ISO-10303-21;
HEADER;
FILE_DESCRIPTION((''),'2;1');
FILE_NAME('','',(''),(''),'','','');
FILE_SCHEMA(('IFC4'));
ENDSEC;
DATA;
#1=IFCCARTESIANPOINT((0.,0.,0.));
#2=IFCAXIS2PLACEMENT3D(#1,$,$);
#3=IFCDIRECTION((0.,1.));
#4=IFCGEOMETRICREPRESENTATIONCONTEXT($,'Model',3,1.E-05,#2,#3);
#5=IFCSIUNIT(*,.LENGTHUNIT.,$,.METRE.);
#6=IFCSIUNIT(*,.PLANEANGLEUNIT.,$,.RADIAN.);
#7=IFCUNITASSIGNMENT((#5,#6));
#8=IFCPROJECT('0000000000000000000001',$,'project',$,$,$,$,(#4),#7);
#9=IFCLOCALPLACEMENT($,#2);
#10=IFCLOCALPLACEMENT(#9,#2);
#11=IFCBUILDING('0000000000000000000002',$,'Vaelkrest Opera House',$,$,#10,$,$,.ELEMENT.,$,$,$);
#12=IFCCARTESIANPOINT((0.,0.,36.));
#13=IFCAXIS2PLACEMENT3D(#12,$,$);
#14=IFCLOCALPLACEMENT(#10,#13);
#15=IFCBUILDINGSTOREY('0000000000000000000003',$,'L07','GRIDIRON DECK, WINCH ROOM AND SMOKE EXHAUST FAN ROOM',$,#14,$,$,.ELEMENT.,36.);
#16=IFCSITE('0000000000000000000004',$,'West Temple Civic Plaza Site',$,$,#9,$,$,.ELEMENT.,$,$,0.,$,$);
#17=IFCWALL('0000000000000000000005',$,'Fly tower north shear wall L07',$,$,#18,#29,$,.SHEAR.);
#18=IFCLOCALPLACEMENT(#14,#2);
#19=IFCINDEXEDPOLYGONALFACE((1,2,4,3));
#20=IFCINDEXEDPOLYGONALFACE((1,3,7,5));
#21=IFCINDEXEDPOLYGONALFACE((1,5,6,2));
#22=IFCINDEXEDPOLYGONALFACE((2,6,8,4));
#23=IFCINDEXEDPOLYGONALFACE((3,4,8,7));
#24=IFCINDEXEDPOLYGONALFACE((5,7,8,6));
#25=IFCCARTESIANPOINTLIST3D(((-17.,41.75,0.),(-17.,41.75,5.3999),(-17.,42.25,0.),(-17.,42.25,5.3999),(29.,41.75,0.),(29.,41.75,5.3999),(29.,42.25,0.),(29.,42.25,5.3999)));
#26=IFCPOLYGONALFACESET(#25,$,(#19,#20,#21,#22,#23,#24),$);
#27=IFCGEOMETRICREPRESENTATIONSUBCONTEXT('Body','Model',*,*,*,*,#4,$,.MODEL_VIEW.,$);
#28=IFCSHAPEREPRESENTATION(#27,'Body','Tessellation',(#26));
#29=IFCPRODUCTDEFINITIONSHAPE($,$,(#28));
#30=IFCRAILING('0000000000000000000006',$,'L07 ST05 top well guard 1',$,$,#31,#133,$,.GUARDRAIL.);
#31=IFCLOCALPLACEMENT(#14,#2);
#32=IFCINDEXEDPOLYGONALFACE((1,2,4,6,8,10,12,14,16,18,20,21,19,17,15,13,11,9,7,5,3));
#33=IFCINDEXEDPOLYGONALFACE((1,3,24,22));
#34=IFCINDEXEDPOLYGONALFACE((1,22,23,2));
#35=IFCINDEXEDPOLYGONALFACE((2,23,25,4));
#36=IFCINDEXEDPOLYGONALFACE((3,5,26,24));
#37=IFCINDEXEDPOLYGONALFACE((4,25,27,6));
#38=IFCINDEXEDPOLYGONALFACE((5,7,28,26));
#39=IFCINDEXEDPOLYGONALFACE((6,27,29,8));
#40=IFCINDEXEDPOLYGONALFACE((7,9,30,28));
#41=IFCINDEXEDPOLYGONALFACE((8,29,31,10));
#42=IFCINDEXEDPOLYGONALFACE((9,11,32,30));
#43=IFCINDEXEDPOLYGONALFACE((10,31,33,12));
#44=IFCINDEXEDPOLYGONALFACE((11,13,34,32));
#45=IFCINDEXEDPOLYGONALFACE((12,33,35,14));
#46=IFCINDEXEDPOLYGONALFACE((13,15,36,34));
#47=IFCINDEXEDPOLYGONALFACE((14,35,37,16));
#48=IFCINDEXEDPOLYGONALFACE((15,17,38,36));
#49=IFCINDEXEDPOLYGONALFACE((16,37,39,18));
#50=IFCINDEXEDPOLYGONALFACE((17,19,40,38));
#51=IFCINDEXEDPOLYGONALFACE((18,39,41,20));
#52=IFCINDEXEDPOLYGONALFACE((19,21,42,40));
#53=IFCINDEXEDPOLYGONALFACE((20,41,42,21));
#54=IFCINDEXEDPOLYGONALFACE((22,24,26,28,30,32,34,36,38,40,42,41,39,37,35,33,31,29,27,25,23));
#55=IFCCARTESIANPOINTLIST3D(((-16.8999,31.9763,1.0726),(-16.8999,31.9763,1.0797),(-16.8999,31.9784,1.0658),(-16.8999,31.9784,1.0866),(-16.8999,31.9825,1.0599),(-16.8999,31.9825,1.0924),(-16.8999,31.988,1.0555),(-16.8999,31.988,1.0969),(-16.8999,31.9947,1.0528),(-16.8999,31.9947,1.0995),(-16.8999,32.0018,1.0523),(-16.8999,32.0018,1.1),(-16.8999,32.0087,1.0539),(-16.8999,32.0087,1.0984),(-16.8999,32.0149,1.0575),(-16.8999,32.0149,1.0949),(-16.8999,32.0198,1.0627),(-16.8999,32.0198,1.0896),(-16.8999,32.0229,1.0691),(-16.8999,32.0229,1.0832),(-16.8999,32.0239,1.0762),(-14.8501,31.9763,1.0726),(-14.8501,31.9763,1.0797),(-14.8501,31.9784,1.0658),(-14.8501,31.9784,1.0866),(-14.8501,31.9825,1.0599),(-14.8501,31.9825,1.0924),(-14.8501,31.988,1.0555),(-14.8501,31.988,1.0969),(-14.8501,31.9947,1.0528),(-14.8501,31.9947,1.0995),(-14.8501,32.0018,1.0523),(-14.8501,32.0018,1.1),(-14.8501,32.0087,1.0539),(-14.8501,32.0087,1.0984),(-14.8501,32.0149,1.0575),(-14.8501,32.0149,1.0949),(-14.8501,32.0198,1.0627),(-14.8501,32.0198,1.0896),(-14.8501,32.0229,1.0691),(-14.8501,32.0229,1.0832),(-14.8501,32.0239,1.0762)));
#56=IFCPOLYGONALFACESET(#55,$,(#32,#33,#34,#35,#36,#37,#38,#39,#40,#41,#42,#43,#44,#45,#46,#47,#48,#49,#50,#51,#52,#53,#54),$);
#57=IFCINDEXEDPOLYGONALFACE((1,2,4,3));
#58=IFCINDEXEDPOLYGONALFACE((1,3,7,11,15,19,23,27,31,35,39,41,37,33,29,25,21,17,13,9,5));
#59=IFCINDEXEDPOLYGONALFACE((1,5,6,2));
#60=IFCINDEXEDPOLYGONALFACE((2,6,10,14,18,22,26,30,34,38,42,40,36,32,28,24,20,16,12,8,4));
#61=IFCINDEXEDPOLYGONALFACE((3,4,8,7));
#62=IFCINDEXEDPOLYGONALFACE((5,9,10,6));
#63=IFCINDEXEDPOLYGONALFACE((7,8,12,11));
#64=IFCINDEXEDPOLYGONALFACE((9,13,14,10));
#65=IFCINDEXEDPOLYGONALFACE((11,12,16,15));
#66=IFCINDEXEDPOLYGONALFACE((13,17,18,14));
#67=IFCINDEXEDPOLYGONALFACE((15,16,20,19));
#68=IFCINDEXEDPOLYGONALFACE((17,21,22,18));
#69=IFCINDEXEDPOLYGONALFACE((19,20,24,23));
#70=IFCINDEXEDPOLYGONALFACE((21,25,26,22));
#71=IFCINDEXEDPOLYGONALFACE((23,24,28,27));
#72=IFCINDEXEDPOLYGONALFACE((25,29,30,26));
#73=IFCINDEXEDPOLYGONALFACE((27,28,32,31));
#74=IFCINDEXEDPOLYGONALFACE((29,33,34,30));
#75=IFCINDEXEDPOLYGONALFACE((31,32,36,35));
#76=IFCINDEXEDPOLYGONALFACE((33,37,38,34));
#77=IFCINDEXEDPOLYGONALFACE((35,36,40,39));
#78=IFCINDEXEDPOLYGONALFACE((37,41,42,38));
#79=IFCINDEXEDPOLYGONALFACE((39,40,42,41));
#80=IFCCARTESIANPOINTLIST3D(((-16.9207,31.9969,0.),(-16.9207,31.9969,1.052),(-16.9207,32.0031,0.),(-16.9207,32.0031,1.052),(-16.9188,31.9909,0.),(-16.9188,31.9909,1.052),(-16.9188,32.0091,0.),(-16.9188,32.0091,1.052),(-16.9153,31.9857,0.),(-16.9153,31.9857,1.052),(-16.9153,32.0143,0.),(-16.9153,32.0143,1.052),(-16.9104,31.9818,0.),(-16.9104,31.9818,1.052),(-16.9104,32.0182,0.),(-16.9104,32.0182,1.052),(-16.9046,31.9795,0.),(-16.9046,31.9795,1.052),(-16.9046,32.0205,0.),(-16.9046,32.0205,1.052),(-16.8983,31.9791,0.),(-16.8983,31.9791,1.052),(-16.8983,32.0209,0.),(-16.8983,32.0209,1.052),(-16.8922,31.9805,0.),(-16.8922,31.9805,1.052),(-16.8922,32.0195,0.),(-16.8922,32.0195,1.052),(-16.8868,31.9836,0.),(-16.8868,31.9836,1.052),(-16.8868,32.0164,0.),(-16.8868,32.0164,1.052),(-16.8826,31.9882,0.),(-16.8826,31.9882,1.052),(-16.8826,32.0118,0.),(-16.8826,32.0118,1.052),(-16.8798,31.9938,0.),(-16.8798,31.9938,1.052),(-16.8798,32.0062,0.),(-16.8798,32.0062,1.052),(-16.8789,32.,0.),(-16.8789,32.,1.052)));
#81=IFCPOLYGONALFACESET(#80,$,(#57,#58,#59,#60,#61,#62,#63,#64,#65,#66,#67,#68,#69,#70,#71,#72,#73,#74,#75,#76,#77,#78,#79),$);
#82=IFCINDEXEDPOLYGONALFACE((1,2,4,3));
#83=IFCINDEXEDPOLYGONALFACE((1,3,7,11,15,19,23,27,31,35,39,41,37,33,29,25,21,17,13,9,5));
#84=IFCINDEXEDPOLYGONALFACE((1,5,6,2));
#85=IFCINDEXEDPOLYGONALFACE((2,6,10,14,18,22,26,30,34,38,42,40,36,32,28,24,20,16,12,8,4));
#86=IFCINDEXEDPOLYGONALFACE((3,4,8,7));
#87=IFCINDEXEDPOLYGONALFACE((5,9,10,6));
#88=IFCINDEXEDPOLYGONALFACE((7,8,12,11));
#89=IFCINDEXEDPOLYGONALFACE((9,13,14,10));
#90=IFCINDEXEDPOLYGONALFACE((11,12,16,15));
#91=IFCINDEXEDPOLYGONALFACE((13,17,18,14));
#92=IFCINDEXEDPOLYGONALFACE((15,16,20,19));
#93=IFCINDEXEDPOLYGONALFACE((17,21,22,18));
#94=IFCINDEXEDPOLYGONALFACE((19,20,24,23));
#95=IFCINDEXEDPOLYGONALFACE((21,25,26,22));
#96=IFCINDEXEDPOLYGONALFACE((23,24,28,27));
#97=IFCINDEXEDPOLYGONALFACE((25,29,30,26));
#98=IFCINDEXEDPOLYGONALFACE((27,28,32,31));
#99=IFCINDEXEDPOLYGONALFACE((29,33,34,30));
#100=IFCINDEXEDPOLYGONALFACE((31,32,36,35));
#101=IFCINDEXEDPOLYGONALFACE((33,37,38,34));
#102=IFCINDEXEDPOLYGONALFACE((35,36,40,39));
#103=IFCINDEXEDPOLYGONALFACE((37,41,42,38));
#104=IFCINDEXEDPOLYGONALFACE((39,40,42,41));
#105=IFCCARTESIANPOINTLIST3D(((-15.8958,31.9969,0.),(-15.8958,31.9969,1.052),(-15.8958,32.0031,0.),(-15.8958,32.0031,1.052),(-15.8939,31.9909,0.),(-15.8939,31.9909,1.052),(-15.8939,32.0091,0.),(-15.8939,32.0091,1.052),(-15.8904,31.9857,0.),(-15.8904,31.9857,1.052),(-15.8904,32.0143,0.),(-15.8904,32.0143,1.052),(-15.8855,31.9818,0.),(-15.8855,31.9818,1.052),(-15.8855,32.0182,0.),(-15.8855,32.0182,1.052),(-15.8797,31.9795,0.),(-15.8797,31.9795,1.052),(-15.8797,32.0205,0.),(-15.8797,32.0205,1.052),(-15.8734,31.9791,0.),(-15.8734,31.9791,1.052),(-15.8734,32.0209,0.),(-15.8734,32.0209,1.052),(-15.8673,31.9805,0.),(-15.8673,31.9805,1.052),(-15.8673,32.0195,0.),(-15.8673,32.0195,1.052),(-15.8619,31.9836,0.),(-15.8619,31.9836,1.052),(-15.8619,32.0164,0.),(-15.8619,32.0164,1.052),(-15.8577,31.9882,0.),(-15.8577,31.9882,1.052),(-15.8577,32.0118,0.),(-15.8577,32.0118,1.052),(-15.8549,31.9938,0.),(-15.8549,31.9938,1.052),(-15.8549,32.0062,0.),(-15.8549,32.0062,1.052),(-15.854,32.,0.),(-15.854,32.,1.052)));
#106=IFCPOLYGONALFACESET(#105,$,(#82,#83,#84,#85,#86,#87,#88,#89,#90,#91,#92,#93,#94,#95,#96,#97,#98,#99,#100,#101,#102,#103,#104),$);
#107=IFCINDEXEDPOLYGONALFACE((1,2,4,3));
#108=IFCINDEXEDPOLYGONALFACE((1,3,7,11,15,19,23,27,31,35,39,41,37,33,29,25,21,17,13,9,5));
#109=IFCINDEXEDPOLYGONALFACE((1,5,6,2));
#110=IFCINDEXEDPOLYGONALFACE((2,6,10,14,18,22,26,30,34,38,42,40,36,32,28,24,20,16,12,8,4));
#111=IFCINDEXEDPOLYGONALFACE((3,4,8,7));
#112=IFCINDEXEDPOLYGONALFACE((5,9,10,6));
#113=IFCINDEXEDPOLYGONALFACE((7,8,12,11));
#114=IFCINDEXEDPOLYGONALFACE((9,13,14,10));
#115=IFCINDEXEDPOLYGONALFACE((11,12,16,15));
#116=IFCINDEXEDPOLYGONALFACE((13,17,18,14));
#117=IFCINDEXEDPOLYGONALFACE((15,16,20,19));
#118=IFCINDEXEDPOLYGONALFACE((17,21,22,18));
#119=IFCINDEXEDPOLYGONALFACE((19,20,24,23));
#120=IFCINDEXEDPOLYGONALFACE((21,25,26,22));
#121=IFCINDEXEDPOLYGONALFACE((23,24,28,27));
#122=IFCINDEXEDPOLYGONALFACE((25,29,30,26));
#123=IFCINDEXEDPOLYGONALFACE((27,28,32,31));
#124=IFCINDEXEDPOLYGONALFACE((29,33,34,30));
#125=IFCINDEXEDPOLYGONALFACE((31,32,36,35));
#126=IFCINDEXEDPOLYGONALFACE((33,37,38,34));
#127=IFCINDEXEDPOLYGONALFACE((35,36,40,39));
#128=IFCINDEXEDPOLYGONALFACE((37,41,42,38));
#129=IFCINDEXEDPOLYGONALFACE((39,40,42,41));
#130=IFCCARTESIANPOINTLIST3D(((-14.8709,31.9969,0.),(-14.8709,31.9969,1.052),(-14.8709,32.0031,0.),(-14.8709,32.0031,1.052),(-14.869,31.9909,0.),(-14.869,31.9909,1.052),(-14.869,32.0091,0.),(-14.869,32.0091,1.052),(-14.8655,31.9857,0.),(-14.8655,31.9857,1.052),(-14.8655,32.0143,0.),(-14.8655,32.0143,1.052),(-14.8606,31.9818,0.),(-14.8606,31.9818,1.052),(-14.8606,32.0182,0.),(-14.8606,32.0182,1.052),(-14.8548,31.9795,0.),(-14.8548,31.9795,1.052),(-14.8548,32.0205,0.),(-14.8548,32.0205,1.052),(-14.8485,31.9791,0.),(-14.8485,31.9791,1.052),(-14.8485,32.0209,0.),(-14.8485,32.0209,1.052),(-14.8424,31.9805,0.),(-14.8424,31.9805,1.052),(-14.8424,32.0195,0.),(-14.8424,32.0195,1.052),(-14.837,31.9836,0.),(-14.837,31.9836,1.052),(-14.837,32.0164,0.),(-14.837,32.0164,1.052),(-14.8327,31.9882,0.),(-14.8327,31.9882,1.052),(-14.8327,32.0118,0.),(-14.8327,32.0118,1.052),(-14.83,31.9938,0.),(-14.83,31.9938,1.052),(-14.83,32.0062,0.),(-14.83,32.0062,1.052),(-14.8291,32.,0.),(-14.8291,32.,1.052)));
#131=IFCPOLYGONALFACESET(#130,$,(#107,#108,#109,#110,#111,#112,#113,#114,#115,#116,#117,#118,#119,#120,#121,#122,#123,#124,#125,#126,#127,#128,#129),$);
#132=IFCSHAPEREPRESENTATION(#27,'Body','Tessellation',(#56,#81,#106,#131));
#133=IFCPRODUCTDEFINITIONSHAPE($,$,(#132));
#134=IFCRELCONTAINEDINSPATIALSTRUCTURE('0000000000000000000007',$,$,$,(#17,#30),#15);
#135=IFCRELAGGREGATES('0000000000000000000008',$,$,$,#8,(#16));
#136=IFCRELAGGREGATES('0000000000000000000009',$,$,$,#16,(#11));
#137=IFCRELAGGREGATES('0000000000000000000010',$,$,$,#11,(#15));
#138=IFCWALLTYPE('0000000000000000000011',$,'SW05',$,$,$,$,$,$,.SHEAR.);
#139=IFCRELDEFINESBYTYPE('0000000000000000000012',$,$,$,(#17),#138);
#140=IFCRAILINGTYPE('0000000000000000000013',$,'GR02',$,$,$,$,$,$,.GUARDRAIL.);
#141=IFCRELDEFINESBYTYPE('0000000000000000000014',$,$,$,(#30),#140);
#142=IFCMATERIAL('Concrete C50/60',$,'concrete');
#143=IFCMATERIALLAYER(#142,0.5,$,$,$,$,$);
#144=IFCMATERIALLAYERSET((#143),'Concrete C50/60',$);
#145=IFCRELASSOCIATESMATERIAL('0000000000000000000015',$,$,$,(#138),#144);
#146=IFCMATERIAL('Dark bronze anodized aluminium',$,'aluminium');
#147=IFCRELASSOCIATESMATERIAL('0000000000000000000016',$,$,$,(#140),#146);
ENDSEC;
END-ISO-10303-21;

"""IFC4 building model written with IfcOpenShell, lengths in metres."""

from ifc_helpers import new_model, si_unit, direction, frame, frame_2d, origin, origin_2d, place, context, subcontext, project, spatial, rectangle, circle, extrude, material, layer, layer_set, type_object, element, save


model = new_model("IFC4")

# Units and contexts
model_context = context("Model", 3, precision=1e-05, world=origin(), true_north=direction((0.0, 1.0)))
body_context = subcontext(model_context, "Body", "Model", "MODEL_VIEW")
ifc_project = project(units=[si_unit("LENGTHUNIT", "METRE"), si_unit("PLANEANGLEUNIT", "RADIAN")], contexts=[model_context])

# Site, building, storey
site_placement = place(None, origin())
site = spatial("IfcSite", under=ifc_project, at=site_placement, Name="West Temple Civic Plaza Site", CompositionType="ELEMENT", RefElevation=0.0)
building_placement = place(site_placement, origin())
building = spatial("IfcBuilding", under=site, at=building_placement, Name="Vaelkrest Opera House", CompositionType="ELEMENT")
storey_placement = place(building_placement, frame((0.0, 0.0, 36.0)))
storey = spatial("IfcBuildingStorey", under=building, at=storey_placement, Name="L07", Description="GRIDIRON DECK, WINCH ROOM AND SMOKE EXHAUST FAN ROOM", CompositionType="ELEMENT", Elevation=36.0)

# Shared definitions
ifc_material_1 = material(Name="Concrete C50/60", Category="concrete")

# Wall
ifc_layer_1 = layer(ifc_material_1, 0.5)
ifc_layer_set_1 = layer_set([ifc_layer_1], Name="Concrete C50/60")
wall_type_1 = type_object("IfcWallType", Name="SW05", PredefinedType="SHEAR", material=ifc_layer_set_1)
wall_1_placement = place(storey_placement, frame((-17.0, 42.0, 0.0), z_axis=(0.0, 0.0, 1.0), x_axis=(1.0, 0.0, 0.0)))
element("IfcWall", 1, at=wall_1_placement, inside=storey, type_object=wall_type_1, Name="Fly tower north shear wall L07", PredefinedType="SHEAR", context=body_context, shape_type="SweptSolid", body=[
    extrude(rectangle(XDim=46.0, YDim=0.5, at=frame_2d((23.0, 0.0))), origin(), (0.0, 0.0, 1.0), 5.3999),
])

# Railing
ifc_material_2 = material(Name="Dark bronze anodized aluminium", Category="aluminium")
railing_type = type_object("IfcRailingType", Name="GR02", PredefinedType="GUARDRAIL", material=ifc_material_2)
railing_placement = place(storey_placement, frame((-16.8999, 32.0, 0.0)))
element("IfcRailing", 2, at=railing_placement, inside=storey, type_object=railing_type, Name="L07 ST05 top well guard 1", PredefinedType="GUARDRAIL", context=body_context, shape_type="SweptSolid", body=[
    extrude(circle(Radius=0.0239, at=origin_2d()), frame((0.0, 0.0, 1.0762), z_axis=(1.0, 0.0, 0.0), x_axis=(0.0, 1.0, 0.0)), (0.0, 0.0, 1.0), 2.0498),
    extrude(circle(Radius=0.021, at=origin_2d()), origin(), (0.0, 0.0, 1.0), 1.052),
    extrude(circle(Radius=0.021, at=origin_2d()), frame((1.0249, 0.0, 0.0)), (0.0, 0.0, 1.0), 1.052),
    extrude(circle(Radius=0.021, at=origin_2d()), frame((2.0498, 0.0, 0.0)), (0.0, 0.0, 1.0), 1.052),
])

save(model, "model.ifc")
